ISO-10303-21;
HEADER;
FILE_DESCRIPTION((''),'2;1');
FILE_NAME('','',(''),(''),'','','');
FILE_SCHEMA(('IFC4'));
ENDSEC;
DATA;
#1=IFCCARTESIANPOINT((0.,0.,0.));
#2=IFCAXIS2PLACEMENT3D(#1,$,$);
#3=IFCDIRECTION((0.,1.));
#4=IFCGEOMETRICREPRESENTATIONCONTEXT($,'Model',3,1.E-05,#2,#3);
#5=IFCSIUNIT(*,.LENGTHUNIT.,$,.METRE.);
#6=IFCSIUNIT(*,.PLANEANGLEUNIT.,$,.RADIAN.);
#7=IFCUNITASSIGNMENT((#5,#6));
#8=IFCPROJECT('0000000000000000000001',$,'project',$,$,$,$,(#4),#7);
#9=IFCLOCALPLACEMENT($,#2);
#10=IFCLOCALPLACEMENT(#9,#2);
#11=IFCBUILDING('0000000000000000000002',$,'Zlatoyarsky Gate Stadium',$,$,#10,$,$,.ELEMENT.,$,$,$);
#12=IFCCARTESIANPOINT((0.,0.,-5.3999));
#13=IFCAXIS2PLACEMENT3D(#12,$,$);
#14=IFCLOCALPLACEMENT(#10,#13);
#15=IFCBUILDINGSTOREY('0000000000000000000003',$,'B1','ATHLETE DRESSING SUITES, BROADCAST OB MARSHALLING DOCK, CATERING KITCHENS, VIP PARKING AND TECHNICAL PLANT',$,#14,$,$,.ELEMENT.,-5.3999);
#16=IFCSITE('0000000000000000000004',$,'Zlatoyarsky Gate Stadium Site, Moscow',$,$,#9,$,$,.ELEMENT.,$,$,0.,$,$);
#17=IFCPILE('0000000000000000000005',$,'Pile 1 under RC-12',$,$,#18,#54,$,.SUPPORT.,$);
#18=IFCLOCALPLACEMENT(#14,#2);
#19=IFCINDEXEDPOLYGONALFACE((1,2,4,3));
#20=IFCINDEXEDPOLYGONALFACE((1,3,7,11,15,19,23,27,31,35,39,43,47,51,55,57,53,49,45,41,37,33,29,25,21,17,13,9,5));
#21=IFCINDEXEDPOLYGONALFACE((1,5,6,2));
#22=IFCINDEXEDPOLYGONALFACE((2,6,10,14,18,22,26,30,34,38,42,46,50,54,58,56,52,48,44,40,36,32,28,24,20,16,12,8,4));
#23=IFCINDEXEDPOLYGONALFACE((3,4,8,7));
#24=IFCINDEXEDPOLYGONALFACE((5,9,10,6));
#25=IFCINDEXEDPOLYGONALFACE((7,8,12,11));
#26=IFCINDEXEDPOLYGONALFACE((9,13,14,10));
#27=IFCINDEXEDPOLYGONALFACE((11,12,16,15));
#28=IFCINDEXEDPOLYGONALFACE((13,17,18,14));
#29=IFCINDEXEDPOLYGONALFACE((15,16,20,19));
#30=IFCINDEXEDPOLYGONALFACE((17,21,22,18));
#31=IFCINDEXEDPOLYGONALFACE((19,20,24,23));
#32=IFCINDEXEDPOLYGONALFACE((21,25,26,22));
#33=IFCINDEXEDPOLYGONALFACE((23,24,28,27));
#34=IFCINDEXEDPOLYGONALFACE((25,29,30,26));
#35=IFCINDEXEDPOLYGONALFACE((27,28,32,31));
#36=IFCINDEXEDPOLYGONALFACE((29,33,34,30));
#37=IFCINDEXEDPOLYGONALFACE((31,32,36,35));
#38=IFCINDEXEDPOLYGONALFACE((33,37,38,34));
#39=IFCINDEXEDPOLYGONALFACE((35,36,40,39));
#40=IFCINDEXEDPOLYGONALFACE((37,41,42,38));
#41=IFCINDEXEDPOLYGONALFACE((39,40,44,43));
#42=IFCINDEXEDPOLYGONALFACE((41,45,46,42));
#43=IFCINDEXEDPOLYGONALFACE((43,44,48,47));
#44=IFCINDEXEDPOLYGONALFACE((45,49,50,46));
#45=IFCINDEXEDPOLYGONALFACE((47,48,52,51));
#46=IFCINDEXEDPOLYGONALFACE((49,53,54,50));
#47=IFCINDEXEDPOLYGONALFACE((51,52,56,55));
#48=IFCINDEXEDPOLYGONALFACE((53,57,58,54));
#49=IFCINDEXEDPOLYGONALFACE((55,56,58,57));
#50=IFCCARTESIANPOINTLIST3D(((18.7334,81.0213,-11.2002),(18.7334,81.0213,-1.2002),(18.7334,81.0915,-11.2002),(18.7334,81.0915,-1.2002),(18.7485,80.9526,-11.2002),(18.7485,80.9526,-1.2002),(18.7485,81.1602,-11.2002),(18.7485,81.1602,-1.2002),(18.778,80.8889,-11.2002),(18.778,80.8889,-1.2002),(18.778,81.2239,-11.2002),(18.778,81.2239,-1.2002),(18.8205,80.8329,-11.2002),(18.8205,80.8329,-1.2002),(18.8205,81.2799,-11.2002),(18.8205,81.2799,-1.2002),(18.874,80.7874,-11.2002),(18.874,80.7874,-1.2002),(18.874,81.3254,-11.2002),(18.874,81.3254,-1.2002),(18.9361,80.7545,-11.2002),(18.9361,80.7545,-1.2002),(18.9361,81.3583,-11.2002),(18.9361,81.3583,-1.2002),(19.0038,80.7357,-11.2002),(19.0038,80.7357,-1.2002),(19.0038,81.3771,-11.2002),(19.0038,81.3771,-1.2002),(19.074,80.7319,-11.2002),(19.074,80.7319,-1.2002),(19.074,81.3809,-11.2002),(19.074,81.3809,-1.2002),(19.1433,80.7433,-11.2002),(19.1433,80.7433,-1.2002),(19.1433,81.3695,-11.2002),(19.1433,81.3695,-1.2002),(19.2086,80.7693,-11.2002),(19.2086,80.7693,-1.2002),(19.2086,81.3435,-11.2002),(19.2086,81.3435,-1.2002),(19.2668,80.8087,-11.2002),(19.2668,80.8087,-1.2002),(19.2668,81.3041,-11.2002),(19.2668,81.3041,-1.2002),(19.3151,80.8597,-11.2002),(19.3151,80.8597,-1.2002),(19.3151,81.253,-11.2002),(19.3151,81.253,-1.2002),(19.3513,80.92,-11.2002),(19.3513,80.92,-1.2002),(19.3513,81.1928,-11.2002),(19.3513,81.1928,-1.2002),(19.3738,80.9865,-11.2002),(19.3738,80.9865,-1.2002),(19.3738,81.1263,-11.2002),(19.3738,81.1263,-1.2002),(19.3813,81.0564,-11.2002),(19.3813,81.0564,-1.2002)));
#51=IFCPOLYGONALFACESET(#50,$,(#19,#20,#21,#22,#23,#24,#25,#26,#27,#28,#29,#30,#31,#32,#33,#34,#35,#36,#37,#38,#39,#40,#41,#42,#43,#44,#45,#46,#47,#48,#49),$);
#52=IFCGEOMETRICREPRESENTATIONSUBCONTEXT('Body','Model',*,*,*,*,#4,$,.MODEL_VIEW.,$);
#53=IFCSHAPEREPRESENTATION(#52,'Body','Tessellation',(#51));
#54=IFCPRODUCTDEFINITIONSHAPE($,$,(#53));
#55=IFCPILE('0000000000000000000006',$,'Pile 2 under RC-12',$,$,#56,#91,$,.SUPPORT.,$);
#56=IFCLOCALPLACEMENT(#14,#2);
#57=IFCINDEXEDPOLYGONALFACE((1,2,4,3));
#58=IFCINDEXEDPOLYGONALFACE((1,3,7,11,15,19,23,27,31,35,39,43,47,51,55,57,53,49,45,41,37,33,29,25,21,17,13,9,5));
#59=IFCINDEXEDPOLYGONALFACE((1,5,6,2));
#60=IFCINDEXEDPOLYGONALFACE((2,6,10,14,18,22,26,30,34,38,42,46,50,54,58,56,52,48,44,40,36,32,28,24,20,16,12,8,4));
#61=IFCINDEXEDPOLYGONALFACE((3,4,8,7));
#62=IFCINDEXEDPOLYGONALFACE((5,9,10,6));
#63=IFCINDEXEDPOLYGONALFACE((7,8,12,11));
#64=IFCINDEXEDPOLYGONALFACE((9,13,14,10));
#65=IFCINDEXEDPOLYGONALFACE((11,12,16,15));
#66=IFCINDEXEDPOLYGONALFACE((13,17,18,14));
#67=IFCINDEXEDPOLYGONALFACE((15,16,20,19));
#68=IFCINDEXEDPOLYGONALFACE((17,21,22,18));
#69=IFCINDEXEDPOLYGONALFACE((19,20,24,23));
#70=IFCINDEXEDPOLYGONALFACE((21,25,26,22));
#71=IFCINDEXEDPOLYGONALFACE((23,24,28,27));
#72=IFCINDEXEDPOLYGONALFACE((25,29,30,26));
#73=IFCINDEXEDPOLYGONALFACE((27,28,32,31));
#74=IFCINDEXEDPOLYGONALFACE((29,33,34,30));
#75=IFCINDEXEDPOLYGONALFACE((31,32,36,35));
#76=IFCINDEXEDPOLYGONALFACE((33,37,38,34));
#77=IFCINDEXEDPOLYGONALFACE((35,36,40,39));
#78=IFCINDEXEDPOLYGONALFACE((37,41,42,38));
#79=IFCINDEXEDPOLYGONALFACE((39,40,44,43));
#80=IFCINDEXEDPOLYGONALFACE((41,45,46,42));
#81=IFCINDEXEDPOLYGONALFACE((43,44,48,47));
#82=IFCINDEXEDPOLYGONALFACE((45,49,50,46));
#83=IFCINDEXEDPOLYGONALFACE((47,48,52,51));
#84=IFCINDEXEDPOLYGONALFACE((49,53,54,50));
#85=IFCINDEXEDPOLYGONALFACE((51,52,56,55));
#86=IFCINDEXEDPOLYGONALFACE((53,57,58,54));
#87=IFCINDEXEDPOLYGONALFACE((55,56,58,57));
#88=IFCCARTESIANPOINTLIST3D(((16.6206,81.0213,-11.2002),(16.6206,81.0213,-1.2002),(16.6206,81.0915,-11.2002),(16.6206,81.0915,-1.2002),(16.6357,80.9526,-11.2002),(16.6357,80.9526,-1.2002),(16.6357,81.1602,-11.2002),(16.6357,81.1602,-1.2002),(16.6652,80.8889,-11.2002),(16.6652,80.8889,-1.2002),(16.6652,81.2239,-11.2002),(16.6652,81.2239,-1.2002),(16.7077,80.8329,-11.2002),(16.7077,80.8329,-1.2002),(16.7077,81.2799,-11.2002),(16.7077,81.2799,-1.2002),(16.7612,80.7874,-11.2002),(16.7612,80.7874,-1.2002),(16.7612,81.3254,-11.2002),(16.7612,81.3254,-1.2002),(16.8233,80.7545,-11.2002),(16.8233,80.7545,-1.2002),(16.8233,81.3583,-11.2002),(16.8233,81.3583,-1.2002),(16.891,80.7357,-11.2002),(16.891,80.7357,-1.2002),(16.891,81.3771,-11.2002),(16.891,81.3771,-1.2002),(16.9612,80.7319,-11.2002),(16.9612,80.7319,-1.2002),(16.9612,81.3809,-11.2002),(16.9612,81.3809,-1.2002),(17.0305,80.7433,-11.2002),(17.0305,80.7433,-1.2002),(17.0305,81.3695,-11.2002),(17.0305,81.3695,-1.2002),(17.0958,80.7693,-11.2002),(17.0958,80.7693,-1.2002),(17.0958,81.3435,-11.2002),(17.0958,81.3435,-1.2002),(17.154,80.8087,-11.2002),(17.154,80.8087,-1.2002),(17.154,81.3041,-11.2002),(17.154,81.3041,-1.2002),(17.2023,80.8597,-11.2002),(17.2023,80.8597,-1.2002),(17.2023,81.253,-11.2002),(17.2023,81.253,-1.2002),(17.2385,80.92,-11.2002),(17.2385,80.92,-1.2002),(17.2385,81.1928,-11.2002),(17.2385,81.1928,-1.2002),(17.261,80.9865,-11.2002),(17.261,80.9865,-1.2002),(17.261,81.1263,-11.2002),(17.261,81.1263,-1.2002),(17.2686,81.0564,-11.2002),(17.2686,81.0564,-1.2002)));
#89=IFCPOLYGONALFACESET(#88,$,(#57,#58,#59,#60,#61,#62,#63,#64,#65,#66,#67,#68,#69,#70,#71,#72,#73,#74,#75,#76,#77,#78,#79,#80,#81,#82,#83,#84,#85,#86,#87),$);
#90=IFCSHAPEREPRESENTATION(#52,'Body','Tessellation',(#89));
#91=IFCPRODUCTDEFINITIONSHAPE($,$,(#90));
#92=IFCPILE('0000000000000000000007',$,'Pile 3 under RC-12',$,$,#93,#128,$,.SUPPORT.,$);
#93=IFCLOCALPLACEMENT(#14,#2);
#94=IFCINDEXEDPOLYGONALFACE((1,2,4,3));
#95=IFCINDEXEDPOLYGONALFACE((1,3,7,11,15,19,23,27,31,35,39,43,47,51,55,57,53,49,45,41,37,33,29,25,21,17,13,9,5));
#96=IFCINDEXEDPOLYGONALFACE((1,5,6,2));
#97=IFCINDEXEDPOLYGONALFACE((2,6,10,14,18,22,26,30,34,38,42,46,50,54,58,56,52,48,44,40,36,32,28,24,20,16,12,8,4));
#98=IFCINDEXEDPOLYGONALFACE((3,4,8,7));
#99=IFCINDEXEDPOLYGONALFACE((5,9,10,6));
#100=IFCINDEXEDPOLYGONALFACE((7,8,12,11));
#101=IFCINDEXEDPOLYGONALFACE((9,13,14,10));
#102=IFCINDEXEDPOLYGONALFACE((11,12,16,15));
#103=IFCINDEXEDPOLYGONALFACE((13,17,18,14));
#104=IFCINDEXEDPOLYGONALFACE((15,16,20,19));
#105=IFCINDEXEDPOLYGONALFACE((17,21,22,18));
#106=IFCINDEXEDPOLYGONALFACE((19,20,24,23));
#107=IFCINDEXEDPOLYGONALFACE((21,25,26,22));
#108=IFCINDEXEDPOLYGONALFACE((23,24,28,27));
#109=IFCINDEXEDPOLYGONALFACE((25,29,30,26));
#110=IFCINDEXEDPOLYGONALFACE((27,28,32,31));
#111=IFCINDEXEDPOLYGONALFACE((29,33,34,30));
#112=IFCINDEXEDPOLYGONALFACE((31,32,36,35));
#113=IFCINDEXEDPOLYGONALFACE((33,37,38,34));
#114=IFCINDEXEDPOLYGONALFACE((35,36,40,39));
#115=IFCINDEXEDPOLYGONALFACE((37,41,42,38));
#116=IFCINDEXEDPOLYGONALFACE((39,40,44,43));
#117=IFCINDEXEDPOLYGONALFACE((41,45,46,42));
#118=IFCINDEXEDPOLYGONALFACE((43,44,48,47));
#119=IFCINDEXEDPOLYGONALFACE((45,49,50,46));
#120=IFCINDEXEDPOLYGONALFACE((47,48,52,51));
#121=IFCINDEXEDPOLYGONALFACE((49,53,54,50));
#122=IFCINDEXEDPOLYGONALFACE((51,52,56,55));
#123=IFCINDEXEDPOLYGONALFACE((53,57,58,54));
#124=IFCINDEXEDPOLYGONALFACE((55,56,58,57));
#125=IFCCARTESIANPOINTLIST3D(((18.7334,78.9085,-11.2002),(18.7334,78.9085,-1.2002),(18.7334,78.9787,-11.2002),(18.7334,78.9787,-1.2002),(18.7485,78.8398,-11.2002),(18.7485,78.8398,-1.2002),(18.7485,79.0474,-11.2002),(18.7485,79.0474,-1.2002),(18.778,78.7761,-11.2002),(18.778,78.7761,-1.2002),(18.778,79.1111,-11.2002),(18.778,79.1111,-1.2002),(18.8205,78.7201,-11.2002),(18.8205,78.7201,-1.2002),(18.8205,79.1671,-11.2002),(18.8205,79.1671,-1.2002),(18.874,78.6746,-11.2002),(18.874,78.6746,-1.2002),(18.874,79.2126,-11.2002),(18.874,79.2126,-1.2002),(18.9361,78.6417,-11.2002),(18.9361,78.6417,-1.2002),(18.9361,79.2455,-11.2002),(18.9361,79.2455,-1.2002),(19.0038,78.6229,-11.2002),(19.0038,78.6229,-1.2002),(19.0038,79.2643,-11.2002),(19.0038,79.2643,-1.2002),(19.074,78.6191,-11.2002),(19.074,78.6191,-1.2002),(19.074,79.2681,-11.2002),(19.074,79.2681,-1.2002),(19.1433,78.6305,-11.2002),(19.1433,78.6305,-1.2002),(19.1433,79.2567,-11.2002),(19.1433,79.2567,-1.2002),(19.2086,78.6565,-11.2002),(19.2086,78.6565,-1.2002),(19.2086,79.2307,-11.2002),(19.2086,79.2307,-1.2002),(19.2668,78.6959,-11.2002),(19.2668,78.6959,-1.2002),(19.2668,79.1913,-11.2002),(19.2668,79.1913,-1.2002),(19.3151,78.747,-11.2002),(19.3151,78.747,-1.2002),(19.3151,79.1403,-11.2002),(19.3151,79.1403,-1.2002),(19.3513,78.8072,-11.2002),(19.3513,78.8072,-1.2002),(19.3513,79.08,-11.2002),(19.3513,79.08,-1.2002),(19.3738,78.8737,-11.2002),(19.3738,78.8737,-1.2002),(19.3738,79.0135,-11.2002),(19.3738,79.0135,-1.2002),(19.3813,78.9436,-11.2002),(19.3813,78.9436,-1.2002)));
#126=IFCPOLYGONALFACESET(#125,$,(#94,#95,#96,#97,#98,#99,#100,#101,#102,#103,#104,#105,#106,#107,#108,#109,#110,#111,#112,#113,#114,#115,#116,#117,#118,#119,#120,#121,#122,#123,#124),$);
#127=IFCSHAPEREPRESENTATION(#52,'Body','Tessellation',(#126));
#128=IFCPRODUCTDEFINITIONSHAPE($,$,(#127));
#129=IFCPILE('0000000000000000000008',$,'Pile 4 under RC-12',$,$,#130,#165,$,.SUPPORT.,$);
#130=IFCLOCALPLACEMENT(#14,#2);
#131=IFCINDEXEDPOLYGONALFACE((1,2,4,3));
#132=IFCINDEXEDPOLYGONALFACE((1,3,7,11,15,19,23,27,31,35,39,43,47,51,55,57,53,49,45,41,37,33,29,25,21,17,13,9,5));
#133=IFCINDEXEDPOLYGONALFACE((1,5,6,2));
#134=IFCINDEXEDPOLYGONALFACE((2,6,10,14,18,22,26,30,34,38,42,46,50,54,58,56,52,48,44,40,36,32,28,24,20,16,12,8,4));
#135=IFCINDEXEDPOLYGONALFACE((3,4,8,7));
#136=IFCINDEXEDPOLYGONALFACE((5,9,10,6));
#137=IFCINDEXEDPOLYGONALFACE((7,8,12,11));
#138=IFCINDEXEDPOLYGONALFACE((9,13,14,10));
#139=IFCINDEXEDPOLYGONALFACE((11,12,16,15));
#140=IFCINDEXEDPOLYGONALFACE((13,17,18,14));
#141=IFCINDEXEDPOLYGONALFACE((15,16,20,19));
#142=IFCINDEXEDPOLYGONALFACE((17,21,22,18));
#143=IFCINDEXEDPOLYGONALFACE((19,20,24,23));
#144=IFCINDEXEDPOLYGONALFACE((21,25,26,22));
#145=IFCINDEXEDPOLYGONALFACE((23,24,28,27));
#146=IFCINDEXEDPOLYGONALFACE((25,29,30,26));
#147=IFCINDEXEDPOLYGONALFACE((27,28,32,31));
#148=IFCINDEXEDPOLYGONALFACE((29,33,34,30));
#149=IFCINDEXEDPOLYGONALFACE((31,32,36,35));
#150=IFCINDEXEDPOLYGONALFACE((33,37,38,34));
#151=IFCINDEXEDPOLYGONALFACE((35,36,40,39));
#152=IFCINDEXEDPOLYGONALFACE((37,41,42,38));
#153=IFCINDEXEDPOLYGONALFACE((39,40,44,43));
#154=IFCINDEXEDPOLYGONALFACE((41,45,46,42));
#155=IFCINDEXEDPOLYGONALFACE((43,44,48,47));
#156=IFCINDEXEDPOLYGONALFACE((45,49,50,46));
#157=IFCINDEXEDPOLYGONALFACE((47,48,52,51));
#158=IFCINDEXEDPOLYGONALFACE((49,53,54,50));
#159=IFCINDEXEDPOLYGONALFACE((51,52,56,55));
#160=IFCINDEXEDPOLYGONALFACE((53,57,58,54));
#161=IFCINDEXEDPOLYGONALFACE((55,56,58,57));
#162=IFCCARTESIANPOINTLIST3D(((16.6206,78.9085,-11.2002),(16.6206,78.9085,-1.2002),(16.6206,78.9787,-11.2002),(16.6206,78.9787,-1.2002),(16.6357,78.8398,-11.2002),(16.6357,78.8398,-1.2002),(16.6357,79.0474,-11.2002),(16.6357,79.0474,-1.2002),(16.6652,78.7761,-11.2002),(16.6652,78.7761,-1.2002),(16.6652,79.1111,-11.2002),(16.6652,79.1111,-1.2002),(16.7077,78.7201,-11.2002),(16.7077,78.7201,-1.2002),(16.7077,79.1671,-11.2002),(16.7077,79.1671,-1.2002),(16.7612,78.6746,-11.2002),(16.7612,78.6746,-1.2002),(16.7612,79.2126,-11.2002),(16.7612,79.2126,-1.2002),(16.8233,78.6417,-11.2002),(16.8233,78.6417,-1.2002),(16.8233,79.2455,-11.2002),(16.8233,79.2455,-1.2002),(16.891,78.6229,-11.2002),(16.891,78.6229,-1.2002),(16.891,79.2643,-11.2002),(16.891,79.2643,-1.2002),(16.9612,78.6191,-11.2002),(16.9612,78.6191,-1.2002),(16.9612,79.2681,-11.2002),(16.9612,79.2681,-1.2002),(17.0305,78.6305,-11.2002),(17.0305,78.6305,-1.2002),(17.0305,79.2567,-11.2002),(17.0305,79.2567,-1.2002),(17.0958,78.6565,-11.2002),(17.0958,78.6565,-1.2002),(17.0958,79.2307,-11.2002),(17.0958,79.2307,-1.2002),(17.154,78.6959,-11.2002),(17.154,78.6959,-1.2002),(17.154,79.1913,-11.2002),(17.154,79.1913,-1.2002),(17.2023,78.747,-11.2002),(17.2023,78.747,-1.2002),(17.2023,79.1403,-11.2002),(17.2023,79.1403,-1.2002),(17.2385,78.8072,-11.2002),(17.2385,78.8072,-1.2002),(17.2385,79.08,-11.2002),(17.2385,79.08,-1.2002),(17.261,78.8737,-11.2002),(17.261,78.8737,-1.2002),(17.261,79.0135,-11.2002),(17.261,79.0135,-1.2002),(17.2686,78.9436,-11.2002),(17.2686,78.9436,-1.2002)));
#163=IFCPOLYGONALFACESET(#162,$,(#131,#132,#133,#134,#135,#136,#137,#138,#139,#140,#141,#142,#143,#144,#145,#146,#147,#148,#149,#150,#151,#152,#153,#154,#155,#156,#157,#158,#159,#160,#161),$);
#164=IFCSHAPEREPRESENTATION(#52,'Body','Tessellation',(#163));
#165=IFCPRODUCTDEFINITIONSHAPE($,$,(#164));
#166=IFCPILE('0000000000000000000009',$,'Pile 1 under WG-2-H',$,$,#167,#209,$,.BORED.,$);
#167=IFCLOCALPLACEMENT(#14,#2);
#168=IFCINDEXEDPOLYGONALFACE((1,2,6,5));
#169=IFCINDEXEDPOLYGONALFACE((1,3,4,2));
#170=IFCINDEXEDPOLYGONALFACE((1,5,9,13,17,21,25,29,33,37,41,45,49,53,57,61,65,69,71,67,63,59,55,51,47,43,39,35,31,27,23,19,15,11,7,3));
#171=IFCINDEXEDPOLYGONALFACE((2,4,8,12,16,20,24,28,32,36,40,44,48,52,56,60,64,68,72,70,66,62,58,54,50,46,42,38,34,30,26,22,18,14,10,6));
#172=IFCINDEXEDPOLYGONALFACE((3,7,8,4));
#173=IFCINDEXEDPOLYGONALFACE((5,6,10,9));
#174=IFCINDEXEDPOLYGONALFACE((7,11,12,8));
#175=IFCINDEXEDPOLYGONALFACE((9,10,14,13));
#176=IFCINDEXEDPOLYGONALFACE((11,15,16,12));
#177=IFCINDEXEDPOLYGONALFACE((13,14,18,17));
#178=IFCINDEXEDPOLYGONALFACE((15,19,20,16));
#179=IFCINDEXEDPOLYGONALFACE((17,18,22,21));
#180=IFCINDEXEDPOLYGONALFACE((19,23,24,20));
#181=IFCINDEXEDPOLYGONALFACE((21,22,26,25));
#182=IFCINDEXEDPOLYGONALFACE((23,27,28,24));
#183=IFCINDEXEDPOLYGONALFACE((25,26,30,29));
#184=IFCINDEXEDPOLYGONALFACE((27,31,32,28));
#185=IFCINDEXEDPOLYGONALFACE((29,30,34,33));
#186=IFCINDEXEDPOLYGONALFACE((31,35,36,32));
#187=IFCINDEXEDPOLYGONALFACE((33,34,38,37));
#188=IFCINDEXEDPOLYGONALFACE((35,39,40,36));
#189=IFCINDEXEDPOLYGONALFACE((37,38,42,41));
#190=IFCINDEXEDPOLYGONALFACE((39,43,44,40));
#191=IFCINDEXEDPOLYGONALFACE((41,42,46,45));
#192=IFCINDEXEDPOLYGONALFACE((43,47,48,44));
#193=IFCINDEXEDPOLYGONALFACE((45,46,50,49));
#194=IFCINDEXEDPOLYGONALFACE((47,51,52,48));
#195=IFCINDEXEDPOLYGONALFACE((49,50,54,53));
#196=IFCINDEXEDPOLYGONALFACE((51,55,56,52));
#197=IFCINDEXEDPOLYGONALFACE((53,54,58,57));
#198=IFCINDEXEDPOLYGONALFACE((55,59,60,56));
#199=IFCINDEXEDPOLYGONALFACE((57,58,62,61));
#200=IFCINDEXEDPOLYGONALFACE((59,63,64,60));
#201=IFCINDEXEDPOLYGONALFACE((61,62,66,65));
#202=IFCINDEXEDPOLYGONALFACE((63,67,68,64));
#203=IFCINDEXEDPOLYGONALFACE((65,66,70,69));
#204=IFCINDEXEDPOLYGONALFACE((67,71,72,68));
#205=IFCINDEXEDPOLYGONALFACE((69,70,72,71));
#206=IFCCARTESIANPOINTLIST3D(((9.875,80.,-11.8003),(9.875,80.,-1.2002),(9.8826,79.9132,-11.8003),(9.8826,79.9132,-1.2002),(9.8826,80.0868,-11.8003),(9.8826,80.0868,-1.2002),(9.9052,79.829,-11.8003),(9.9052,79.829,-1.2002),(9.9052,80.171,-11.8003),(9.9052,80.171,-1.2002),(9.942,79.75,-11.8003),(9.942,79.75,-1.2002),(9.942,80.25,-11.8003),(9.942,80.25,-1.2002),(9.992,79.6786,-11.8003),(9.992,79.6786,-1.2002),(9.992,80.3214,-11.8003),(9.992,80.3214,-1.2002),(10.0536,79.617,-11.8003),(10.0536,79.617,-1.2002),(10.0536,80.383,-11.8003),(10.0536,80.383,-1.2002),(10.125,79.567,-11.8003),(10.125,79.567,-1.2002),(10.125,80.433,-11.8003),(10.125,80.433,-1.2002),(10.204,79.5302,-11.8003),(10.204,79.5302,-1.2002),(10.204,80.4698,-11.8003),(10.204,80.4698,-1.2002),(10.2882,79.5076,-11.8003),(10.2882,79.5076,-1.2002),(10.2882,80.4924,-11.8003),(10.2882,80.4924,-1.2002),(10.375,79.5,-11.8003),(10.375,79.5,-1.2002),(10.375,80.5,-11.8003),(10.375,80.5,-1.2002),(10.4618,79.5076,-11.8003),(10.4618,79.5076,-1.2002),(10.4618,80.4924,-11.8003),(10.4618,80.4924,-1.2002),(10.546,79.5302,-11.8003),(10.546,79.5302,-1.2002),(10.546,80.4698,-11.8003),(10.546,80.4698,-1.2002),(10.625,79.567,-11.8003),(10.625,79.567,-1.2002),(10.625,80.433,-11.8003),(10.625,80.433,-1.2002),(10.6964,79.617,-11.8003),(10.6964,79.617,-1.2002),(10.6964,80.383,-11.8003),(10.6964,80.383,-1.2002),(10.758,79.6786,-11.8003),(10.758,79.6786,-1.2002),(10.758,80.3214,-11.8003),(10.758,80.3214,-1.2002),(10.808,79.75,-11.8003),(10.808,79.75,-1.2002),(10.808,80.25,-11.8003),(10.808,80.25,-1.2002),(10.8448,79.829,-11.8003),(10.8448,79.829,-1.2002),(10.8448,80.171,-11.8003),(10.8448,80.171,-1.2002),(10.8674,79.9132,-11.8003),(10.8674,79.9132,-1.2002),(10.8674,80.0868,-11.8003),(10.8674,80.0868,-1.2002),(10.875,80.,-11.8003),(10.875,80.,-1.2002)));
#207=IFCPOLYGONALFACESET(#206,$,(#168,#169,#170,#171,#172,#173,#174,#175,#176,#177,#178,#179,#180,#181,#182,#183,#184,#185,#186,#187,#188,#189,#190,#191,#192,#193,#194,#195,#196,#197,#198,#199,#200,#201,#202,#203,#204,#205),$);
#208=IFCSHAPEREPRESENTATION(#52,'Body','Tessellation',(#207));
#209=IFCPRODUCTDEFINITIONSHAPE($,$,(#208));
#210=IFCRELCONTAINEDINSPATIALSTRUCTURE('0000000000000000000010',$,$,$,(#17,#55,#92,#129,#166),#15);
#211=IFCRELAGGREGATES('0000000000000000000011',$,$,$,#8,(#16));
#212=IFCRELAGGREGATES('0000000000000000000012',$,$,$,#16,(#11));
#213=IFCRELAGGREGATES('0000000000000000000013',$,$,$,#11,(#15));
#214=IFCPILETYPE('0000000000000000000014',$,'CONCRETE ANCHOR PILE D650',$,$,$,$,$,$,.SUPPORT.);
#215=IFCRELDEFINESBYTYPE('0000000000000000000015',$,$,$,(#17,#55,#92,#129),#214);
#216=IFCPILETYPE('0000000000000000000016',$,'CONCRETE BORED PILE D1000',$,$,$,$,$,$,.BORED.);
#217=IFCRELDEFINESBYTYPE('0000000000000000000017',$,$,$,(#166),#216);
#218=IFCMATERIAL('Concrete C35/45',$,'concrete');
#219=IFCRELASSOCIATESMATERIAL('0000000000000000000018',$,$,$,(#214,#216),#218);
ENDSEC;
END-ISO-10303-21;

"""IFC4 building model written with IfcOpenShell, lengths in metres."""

from ifc_helpers import new_model, si_unit, direction, frame, origin, origin_2d, place, context, subcontext, project, spatial, circle, extrude, material, material_profile, profile_set, type_object, element, save


model = new_model("IFC4")

# Units and contexts
model_context = context("Model", 3, precision=1e-05, world=origin(), true_north=direction((0.0, 1.0)))
body_context = subcontext(model_context, "Body", "Model", "MODEL_VIEW")
ifc_project = project(units=[si_unit("LENGTHUNIT", "METRE"), si_unit("PLANEANGLEUNIT", "RADIAN")], contexts=[model_context])

# Site, building, storey
site_placement = place(None, origin())
site = spatial("IfcSite", under=ifc_project, at=site_placement, Name="Zlatoyarsky Gate Stadium Site, Moscow", CompositionType="ELEMENT", RefElevation=0.0)
building_placement = place(site_placement, origin())
building = spatial("IfcBuilding", under=site, at=building_placement, Name="Zlatoyarsky Gate Stadium", CompositionType="ELEMENT")
storey_placement = place(building_placement, frame((0.0, 0.0, -5.3999)))
storey = spatial("IfcBuildingStorey", under=building, at=storey_placement, Name="B1", Description="ATHLETE DRESSING SUITES, BROADCAST OB MARSHALLING DOCK, CATERING KITCHENS, VIP PARKING AND TECHNICAL PLANT", CompositionType="ELEMENT", Elevation=-5.3999)

# Piles
ifc_material_1 = material(Name="Concrete C35/45", Category="concrete")
ifc_material_profile_1 = material_profile(ifc_material_1, circle(Radius=0.325, at=origin_2d()), Name="ANCHOR PILE D650")
ifc_profile_set_1 = profile_set([ifc_material_profile_1], Name="Concrete C35/45")
pile_type_1 = type_object("IfcPileType", Name="CONCRETE ANCHOR PILE D650", PredefinedType="SUPPORT", material=ifc_profile_set_1)
for number, where, z_axis, x_axis, name in (
    (1, (19.0564, 81.0564, -1.2002), (0.0, 0.0, -1.0), (1.0, 0.0, 0.0), "Pile 1 under RC-12"),
    (2, (16.9436, 81.0564, -1.2002), (0.0, 0.0, -1.0), (1.0, 0.0, 0.0), "Pile 2 under RC-12"),
    (3, (19.0564, 78.9436, -1.2002), (0.0, 0.0, -1.0), (1.0, 0.0, 0.0), "Pile 3 under RC-12"),
    (4, (16.9436, 78.9436, -1.2002), (0.0, 0.0, -1.0), (1.0, 0.0, 0.0), "Pile 4 under RC-12"),
):
    element("IfcPile", number, at=place(storey_placement, frame(where, z_axis=z_axis, x_axis=x_axis)), inside=storey, type_object=pile_type_1, Name=name, PredefinedType="SUPPORT", context=body_context, shape_type="SweptSolid", body=[
        extrude(circle(Radius=0.325, at=origin_2d()), origin(), (0.0, 0.0, 1.0), 10.0),
    ])
ifc_material_profile_2 = material_profile(ifc_material_1, circle(Radius=0.5, at=origin_2d()), Name="BORED PILE D1000")
ifc_profile_set_2 = profile_set([ifc_material_profile_2], Name="Concrete C35/45")
pile_type_2 = type_object("IfcPileType", Name="CONCRETE BORED PILE D1000", PredefinedType="BORED", material=ifc_profile_set_2)
for number, where, z_axis, x_axis, name in (
    (5, (10.375, 80.0, -1.2002), (0.0, 0.0, -1.0), (1.0, 0.0, 0.0), "Pile 1 under WG-2-H"),
):
    element("IfcPile", number, at=place(storey_placement, frame(where, z_axis=z_axis, x_axis=x_axis)), inside=storey, type_object=pile_type_2, Name=name, PredefinedType="BORED", context=body_context, shape_type="SweptSolid", body=[
        extrude(circle(Radius=0.5, at=origin_2d()), origin(), (0.0, 0.0, 1.0), 10.6001),
    ])

save(model, "model.ifc")
